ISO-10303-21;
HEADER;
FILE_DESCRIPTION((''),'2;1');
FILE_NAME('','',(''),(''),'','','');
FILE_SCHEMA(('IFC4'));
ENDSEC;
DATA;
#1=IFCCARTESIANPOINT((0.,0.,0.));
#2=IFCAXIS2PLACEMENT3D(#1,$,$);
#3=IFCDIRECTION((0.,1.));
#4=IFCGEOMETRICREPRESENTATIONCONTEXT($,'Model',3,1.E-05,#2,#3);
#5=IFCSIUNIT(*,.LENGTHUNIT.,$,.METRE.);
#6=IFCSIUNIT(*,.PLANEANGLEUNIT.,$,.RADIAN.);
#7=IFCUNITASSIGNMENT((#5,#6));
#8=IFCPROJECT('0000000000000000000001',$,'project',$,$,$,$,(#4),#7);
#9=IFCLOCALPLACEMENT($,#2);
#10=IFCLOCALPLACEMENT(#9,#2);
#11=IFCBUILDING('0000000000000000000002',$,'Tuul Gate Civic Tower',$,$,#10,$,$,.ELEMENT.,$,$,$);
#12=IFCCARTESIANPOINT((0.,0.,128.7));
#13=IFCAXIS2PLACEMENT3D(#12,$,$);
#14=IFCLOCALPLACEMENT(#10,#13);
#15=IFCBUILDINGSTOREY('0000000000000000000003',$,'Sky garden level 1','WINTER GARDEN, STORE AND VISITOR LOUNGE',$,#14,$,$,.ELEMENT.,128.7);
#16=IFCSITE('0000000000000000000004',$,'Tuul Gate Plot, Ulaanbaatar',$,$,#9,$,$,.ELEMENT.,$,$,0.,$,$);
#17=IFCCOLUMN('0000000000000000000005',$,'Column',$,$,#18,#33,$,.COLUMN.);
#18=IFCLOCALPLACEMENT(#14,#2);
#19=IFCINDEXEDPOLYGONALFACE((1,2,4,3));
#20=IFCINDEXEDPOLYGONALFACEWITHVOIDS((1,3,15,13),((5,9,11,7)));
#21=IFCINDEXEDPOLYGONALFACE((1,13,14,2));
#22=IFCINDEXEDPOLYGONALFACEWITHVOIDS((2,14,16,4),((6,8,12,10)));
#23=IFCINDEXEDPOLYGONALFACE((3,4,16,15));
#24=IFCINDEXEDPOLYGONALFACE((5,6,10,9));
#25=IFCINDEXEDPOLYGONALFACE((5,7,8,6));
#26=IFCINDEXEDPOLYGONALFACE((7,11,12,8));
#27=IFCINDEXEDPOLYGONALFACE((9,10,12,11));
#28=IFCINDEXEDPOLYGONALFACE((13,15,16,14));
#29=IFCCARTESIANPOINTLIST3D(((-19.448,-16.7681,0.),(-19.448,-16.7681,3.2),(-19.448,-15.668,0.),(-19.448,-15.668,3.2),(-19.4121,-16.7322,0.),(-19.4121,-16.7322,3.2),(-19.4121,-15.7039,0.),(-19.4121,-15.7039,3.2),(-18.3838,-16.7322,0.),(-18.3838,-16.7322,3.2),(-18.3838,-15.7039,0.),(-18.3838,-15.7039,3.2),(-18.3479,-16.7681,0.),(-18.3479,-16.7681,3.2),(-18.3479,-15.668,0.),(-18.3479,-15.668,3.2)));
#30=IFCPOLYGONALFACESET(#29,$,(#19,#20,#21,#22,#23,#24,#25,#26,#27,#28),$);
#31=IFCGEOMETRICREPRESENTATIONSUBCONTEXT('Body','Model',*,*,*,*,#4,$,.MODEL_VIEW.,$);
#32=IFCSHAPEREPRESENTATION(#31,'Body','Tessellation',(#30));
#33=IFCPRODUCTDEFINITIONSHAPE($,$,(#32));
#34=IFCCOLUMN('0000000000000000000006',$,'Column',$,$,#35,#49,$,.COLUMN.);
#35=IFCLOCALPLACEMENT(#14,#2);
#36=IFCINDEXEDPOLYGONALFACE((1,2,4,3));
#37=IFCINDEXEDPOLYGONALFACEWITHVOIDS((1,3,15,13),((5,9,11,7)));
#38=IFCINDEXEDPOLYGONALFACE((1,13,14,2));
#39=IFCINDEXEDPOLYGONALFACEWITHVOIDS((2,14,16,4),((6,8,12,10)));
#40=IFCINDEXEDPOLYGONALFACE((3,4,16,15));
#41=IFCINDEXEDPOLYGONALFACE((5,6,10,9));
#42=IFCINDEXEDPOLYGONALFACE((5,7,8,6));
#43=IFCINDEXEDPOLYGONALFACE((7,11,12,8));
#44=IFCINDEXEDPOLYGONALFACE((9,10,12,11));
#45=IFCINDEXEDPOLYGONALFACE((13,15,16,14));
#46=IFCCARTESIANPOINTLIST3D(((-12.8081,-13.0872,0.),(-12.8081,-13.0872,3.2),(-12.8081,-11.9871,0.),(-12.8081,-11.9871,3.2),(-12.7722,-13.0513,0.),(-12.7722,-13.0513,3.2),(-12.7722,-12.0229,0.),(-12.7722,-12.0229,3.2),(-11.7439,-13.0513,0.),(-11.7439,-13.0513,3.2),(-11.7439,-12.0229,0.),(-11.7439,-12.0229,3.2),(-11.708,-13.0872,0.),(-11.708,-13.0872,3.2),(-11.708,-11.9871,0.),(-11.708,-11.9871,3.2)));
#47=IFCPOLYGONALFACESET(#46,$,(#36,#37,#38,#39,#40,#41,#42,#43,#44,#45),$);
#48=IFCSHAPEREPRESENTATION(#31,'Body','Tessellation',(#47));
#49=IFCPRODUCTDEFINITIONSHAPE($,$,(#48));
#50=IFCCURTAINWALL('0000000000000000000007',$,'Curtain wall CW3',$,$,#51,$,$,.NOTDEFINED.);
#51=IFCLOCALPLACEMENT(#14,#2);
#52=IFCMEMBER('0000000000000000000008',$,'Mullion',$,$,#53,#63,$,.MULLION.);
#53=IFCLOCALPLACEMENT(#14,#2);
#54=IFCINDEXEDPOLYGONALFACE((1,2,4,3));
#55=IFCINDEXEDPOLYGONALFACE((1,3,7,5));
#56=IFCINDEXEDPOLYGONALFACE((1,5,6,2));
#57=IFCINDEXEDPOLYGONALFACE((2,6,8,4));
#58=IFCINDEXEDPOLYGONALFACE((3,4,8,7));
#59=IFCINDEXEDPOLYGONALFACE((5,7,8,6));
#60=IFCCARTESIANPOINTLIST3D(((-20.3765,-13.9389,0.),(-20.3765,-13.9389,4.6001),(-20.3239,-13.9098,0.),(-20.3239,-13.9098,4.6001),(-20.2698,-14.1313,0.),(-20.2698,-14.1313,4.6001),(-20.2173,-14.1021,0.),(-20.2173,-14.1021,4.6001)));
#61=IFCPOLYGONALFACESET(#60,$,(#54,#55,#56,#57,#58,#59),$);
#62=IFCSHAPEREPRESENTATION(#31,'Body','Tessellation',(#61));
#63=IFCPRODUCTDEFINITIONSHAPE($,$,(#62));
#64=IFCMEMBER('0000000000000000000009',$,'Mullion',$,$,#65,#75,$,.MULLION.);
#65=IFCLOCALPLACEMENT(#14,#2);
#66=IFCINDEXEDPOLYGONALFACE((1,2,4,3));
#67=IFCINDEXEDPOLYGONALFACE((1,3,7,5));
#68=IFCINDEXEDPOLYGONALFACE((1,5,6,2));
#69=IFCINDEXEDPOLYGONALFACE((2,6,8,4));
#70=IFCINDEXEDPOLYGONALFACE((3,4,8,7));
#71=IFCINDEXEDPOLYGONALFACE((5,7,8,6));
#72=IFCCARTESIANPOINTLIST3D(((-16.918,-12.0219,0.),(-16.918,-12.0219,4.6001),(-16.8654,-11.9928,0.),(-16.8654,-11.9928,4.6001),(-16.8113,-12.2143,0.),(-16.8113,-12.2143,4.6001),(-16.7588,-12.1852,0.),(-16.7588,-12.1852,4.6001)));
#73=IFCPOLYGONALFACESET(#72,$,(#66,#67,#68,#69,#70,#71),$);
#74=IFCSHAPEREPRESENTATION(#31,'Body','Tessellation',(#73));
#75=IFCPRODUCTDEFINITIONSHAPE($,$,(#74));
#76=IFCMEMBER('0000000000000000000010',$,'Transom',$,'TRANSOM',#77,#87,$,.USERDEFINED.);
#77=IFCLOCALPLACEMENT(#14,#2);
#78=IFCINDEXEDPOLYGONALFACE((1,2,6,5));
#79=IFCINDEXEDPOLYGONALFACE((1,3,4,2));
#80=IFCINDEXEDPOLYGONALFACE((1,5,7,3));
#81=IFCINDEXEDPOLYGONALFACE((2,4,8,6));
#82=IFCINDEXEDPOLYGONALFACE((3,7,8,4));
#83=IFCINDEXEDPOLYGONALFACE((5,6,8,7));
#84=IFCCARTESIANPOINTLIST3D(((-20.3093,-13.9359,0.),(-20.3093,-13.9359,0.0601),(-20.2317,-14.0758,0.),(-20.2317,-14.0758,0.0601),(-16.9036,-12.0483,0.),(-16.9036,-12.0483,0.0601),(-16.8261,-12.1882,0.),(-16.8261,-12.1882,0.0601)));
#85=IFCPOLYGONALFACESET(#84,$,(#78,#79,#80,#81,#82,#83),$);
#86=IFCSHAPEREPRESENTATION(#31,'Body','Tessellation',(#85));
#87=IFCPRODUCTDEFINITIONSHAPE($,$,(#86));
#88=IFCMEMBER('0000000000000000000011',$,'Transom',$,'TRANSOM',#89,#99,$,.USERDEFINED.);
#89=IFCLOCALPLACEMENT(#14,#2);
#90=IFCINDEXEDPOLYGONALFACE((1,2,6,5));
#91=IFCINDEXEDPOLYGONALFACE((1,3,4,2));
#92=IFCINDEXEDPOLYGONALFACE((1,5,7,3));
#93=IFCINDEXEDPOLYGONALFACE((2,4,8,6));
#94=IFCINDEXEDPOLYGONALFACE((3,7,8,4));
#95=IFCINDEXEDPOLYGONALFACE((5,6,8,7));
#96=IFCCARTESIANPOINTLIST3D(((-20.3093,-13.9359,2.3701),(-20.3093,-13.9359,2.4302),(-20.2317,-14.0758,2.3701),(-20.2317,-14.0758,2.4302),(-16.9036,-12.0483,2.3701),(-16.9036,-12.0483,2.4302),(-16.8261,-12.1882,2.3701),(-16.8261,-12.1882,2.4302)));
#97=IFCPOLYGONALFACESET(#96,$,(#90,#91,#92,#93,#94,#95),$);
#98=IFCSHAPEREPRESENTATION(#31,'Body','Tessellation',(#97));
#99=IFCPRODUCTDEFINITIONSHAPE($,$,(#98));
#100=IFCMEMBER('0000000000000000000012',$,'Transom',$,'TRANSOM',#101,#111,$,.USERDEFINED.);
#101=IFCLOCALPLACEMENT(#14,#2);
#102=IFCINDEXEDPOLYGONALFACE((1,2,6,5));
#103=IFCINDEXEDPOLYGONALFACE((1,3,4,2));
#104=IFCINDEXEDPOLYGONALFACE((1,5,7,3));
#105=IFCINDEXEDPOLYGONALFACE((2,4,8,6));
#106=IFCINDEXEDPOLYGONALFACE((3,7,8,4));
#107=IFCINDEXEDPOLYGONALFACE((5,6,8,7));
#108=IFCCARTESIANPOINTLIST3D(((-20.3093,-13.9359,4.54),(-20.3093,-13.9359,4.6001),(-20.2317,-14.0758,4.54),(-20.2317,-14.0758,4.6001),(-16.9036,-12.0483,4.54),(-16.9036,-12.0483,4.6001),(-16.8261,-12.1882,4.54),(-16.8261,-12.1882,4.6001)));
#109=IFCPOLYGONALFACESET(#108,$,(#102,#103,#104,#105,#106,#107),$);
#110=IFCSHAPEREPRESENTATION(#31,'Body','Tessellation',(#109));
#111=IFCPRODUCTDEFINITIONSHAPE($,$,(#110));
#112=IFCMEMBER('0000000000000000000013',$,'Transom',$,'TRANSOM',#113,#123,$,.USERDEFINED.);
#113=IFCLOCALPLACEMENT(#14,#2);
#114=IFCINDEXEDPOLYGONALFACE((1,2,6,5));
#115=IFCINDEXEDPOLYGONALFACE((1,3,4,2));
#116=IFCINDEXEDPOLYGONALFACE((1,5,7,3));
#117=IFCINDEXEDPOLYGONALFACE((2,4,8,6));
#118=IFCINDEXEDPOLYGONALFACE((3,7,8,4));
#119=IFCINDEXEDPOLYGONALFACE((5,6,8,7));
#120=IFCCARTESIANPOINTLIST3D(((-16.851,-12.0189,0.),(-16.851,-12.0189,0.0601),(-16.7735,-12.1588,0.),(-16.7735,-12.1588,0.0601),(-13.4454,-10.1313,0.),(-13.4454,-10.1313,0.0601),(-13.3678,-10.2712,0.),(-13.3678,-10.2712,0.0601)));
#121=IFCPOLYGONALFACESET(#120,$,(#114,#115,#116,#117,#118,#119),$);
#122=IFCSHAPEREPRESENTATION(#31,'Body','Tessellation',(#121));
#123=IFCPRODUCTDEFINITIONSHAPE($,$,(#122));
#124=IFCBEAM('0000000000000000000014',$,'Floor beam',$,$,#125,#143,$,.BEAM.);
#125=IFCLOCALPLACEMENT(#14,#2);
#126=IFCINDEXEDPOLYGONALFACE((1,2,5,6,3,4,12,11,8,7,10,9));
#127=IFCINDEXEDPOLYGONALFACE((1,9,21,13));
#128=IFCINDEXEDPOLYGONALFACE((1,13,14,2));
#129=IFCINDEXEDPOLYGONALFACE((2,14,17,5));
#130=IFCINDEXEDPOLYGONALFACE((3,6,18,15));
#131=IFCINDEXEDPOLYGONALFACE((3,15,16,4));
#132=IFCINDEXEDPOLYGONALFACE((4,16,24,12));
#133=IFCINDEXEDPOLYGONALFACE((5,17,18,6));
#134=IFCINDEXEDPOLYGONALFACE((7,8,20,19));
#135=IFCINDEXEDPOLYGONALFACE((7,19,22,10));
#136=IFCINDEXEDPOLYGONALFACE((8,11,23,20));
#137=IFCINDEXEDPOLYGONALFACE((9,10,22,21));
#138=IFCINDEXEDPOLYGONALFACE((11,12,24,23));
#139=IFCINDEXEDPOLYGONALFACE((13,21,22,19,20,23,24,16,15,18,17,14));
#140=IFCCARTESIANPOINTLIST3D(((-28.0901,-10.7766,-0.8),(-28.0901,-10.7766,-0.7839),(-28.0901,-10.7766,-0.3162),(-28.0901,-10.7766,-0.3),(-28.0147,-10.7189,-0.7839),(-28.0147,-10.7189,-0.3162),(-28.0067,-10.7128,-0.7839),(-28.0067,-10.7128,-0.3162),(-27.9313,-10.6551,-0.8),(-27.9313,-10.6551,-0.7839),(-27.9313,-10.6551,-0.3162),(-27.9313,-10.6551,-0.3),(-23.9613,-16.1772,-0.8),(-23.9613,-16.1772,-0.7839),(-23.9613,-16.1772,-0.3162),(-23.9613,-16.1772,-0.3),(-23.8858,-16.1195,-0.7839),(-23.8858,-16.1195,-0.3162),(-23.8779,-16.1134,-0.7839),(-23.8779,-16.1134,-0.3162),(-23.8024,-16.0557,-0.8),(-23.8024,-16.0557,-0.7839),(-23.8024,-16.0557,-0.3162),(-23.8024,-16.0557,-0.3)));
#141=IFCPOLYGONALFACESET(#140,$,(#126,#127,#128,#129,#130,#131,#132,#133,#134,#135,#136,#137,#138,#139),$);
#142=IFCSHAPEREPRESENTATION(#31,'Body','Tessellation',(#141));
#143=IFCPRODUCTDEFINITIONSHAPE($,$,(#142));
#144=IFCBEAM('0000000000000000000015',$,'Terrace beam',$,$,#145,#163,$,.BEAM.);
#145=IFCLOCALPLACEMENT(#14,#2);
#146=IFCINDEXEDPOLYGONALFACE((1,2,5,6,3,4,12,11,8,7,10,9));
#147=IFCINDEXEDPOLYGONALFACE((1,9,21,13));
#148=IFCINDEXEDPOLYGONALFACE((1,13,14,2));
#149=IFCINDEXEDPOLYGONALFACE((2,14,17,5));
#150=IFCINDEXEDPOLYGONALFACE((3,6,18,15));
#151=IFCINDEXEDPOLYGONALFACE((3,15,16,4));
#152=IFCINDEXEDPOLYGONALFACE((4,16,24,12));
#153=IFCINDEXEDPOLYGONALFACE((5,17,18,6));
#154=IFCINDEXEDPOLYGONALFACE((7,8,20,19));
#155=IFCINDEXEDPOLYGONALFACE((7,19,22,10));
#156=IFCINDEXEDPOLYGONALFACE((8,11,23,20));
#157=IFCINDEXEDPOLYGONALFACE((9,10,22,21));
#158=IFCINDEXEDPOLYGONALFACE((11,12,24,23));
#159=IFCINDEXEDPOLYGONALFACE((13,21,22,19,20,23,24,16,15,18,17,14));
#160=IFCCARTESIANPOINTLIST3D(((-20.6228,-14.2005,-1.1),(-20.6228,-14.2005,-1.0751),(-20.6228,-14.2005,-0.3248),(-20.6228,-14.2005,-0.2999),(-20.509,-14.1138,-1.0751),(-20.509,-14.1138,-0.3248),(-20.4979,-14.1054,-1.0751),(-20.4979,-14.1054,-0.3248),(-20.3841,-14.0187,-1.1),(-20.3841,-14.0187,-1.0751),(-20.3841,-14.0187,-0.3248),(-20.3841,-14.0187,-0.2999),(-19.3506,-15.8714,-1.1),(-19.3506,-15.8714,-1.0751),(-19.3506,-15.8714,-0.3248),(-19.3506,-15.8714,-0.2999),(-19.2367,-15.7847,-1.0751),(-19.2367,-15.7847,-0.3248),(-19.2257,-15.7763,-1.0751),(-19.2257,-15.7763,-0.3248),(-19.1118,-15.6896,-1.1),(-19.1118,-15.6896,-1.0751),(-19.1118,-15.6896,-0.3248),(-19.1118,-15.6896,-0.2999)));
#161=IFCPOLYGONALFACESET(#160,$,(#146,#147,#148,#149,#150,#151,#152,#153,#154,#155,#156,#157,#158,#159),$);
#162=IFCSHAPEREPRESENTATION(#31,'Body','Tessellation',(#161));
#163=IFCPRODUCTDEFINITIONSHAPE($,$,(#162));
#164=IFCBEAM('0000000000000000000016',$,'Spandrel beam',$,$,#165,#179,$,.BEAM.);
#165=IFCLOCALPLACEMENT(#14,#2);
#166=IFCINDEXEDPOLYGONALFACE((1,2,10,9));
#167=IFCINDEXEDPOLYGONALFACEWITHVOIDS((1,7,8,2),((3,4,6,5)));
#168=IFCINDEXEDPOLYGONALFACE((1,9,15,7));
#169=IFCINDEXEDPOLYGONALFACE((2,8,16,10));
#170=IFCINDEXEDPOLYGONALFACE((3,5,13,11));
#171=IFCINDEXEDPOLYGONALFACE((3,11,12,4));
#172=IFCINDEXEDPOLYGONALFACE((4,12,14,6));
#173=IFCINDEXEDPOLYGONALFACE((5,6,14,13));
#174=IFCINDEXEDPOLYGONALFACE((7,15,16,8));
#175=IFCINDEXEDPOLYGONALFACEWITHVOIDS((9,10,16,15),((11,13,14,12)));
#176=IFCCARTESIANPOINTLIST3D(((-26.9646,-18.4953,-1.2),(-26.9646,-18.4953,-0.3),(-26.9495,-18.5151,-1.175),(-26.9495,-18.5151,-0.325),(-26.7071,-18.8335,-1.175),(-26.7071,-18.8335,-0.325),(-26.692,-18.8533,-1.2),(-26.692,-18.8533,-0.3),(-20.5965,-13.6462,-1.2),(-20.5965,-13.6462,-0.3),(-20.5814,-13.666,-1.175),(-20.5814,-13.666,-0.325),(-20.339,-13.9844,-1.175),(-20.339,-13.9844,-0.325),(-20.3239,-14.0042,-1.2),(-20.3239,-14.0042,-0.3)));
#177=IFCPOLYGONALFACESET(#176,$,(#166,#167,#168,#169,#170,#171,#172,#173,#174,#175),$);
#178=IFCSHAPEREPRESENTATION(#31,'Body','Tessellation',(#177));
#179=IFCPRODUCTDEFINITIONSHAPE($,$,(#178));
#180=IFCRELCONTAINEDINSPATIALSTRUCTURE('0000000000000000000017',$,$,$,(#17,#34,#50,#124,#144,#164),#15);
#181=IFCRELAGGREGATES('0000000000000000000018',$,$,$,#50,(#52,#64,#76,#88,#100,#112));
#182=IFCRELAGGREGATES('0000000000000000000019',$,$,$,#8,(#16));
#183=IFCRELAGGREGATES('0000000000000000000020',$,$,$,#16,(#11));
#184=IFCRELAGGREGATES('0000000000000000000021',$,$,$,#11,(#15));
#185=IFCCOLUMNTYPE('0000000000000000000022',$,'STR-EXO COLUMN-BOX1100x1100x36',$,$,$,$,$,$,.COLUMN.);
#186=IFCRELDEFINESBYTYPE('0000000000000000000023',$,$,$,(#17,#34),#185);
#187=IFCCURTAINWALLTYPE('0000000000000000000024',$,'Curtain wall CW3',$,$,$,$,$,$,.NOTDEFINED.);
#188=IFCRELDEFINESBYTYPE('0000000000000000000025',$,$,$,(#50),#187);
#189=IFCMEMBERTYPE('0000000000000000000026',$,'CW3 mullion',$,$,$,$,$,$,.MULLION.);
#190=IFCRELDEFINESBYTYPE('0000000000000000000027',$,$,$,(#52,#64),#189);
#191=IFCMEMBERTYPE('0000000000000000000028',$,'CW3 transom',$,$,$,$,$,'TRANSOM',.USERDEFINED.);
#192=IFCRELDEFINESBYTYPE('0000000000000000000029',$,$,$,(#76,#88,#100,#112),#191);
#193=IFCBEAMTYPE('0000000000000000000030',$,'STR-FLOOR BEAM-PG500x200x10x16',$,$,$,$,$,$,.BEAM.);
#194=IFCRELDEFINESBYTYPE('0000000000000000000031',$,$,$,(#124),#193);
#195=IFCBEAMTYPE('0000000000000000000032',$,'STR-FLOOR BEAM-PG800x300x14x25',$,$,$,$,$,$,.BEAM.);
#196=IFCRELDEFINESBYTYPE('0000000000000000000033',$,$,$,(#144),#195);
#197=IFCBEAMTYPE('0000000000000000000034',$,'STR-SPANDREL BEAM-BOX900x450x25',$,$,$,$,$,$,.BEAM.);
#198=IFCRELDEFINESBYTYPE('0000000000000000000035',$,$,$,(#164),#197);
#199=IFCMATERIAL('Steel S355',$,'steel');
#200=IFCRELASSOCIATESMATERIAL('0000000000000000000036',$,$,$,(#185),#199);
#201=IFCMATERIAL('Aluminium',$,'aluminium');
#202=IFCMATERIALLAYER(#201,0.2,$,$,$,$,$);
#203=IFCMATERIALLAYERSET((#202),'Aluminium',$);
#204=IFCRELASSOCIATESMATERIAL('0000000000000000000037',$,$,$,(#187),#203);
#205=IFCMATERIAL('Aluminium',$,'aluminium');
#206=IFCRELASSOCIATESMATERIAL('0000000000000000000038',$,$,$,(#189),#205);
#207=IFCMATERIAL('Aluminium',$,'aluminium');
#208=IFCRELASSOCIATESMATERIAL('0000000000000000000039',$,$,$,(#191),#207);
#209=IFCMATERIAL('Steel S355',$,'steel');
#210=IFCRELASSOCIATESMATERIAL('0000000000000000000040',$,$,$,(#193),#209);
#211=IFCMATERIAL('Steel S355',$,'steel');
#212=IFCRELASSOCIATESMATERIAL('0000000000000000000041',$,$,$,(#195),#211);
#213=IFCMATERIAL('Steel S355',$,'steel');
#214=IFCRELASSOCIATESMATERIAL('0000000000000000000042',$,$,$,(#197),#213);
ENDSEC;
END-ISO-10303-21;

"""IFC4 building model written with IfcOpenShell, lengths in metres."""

from ifc_helpers import new_model, si_unit, direction, frame, origin, origin_2d, place, context, subcontext, project, spatial, rectangle, hollow_rectangle, i_section, extrude, material, layer, layer_set, material_profile, profile_set, type_object, element, aggregate, save


model = new_model("IFC4")

# Units and contexts
model_context = context("Model", 3, precision=1e-05, world=origin(), true_north=direction((0.0, 1.0)))
body_context = subcontext(model_context, "Body", "Model", "MODEL_VIEW")
ifc_project = project(units=[si_unit("LENGTHUNIT", "METRE"), si_unit("PLANEANGLEUNIT", "RADIAN")], contexts=[model_context])

# Site, building, storey
site_placement = place(None, origin())
site = spatial("IfcSite", under=ifc_project, at=site_placement, Name="Tuul Gate Plot, Ulaanbaatar", CompositionType="ELEMENT", RefElevation=0.0)
building_placement = place(site_placement, origin())
building = spatial("IfcBuilding", under=site, at=building_placement, Name="Tuul Gate Civic Tower", CompositionType="ELEMENT")
storey_placement = place(building_placement, frame((0.0, 0.0, 128.7)))
storey = spatial("IfcBuildingStorey", under=building, at=storey_placement, Name="Sky garden level 1", Description="WINTER GARDEN, STORE AND VISITOR LOUNGE", CompositionType="ELEMENT", Elevation=128.7)

# Columns
ifc_material_1 = material(Name="Steel S355", Category="steel")
ifc_material_profile_1 = material_profile(ifc_material_1, hollow_rectangle(XDim=1.1001, YDim=1.1001, WallThickness=0.0359, at=origin_2d()), Name="BOX1100x1100x36")
ifc_profile_set_1 = profile_set([ifc_material_profile_1], Name="Steel S355")
column_type = type_object("IfcColumnType", Name="STR-EXO COLUMN-BOX1100x1100x36", PredefinedType="COLUMN", material=ifc_profile_set_1)
for number, where, z_axis, x_axis, name in (
    (1, (-18.8979, -16.218, 0.0), (0.0, 0.0, 1.0), (1.0, 0.0, 0.0), "Column"),
    (2, (-12.2581, -12.5371, 0.0), (0.0, 0.0, 1.0), (1.0, 0.0, 0.0), "Column"),
):
    element("IfcColumn", number, at=place(storey_placement, frame(where, z_axis=z_axis, x_axis=x_axis)), inside=storey, type_object=column_type, Name=name, PredefinedType="COLUMN", context=body_context, shape_type="SweptSolid", body=[
        extrude(hollow_rectangle(XDim=1.1001, YDim=1.1001, WallThickness=0.0359, at=origin_2d()), origin(), (0.0, 0.0, 1.0), 3.2),
    ])

# Curtain wall, members
ifc_material_2 = material(Name="Aluminium", Category="aluminium")
ifc_layer_1 = layer(ifc_material_2, 0.2)
ifc_layer_set_1 = layer_set([ifc_layer_1], Name="Aluminium")
curtain_wall_type = type_object("IfcCurtainWallType", Name="Curtain wall CW3", PredefinedType="NOTDEFINED", material=ifc_layer_set_1)
curtain_wall_placement = place(storey_placement, origin())
curtain_wall = element("IfcCurtainWall", 3, at=curtain_wall_placement, inside=storey, type_object=curtain_wall_type, Name="Curtain wall CW3", PredefinedType="NOTDEFINED")
ifc_material_3 = material(Name="Aluminium", Category="aluminium")
ifc_material_profile_2 = material_profile(ifc_material_3, rectangle(XDim=0.22, YDim=0.0601, at=origin_2d()), Name="CW3 mullion")
ifc_profile_set_2 = profile_set([ifc_material_profile_2], Name="Aluminium")
member_type_1 = type_object("IfcMemberType", Name="CW3 mullion", PredefinedType="MULLION", material=ifc_profile_set_2)
member_1_placement = place(storey_placement, frame((-20.2969, -14.0205, 0.0), z_axis=(0.0, 0.0, 1.0), x_axis=(-0.484812, 0.874619, 0.0)))
member_1 = element("IfcMember", 4, at=member_1_placement, type_object=member_type_1, Name="Mullion", PredefinedType="MULLION", context=body_context, shape_type="SweptSolid", body=[
    extrude(rectangle(XDim=0.22, YDim=0.0601, at=origin_2d()), origin(), (0.0, 0.0, 1.0), 4.6001),
])
member_2_placement = place(storey_placement, frame((-16.8384, -12.1035, 0.0), z_axis=(0.0, 0.0, 1.0), x_axis=(-0.484812, 0.874619, 0.0)))
member_2 = element("IfcMember", 5, at=member_2_placement, type_object=member_type_1, Name="Mullion", PredefinedType="MULLION", context=body_context, shape_type="SweptSolid", body=[
    extrude(rectangle(XDim=0.22, YDim=0.0601, at=origin_2d()), origin(), (0.0, 0.0, 1.0), 4.6001),
])
ifc_material_4 = material(Name="Aluminium", Category="aluminium")
ifc_material_profile_3 = material_profile(ifc_material_4, rectangle(XDim=0.1599, YDim=0.0601, at=origin_2d()), Name="CW3 transom")
ifc_profile_set_3 = profile_set([ifc_material_profile_3], Name="Aluminium")
member_type_2 = type_object("IfcMemberType", Name="CW3 transom", ElementType="TRANSOM", PredefinedType="USERDEFINED", material=ifc_profile_set_3)
member_3_placement = place(storey_placement, frame((-20.2705, -14.0059, 0.03), z_axis=(0.874636, 0.48478, 0.0), x_axis=(-0.48478, 0.874636, 0.0)))
member_3 = element("IfcMember", 6, at=member_3_placement, type_object=member_type_2, Name="Transom", ObjectType="TRANSOM", PredefinedType="USERDEFINED", context=body_context, shape_type="SweptSolid", body=[
    extrude(rectangle(XDim=0.1599, YDim=0.0601, at=origin_2d()), origin(), (0.0, 0.0, 1.0), 3.8938),
])
member_4_placement = place(storey_placement, frame((-20.2705, -14.0059, 2.4001), z_axis=(0.874636, 0.48478, 0.0), x_axis=(-0.48478, 0.874636, 0.0)))
member_4 = element("IfcMember", 7, at=member_4_placement, type_object=member_type_2, Name="Transom", ObjectType="TRANSOM", PredefinedType="USERDEFINED", context=body_context, shape_type="SweptSolid", body=[
    extrude(rectangle(XDim=0.1599, YDim=0.0601, at=origin_2d()), origin(), (0.0, 0.0, 1.0), 3.8938),
])
member_5_placement = place(storey_placement, frame((-20.2705, -14.0059, 4.5701), z_axis=(0.874636, 0.48478, 0.0), x_axis=(-0.48478, 0.874636, 0.0)))
member_5 = element("IfcMember", 8, at=member_5_placement, type_object=member_type_2, Name="Transom", ObjectType="TRANSOM", PredefinedType="USERDEFINED", context=body_context, shape_type="SweptSolid", body=[
    extrude(rectangle(XDim=0.1599, YDim=0.0601, at=origin_2d()), origin(), (0.0, 0.0, 1.0), 3.8938),
])
member_6_placement = place(storey_placement, frame((-16.8123, -12.0889, 0.03), z_axis=(0.874636, 0.48478, 0.0), x_axis=(-0.48478, 0.874636, 0.0)))
member_6 = element("IfcMember", 9, at=member_6_placement, type_object=member_type_2, Name="Transom", ObjectType="TRANSOM", PredefinedType="USERDEFINED", context=body_context, shape_type="SweptSolid", body=[
    extrude(rectangle(XDim=0.1599, YDim=0.0601, at=origin_2d()), origin(), (0.0, 0.0, 1.0), 3.8938),
])

# Beams
ifc_material_5 = material(Name="Steel S355", Category="steel")
ifc_material_profile_4 = material_profile(ifc_material_5, i_section(OverallWidth=0.2, OverallDepth=0.5, WebThickness=0.01, FlangeThickness=0.0161, at=origin_2d()), Name="PG500x200x10x16")
ifc_profile_set_4 = profile_set([ifc_material_profile_4], Name="Steel S355")
beam_type_1 = type_object("IfcBeamType", Name="STR-FLOOR BEAM-PG500x200x10x16", PredefinedType="BEAM", material=ifc_profile_set_4)
beam_1_placement = place(storey_placement, frame((-23.8818, -16.1165, -0.55), z_axis=(-0.607358, 0.794428, 0.0), x_axis=(-0.794428, -0.607358, 0.0)))
element("IfcBeam", 10, at=beam_1_placement, inside=storey, type_object=beam_type_1, Name="Floor beam", PredefinedType="BEAM", context=body_context, shape_type="SweptSolid", body=[
    extrude(i_section(OverallWidth=0.2, OverallDepth=0.5, WebThickness=0.01, FlangeThickness=0.0161, at=origin_2d()), origin(), (0.0, 0.0, 1.0), 6.7981),
])
ifc_material_6 = material(Name="Steel S355", Category="steel")
ifc_material_profile_5 = material_profile(ifc_material_6, i_section(OverallWidth=0.3, OverallDepth=0.8, WebThickness=0.0139, FlangeThickness=0.0249, at=origin_2d()), Name="PG800x300x14x25")
ifc_profile_set_5 = profile_set([ifc_material_profile_5], Name="Steel S355")
beam_type_2 = type_object("IfcBeamType", Name="STR-FLOOR BEAM-PG800x300x14x25", PredefinedType="BEAM", material=ifc_profile_set_5)
beam_2_placement = place(storey_placement, frame((-19.2312, -15.7805, -0.7), z_axis=(-0.605787, 0.795626, 0.0), x_axis=(-0.795626, -0.605787, 0.0)))
element("IfcBeam", 11, at=beam_2_placement, inside=storey, type_object=beam_type_2, Name="Terrace beam", PredefinedType="BEAM", context=body_context, shape_type="SweptSolid", body=[
    extrude(i_section(OverallWidth=0.3, OverallDepth=0.8, WebThickness=0.0139, FlangeThickness=0.0249, at=origin_2d()), origin(), (0.0, 0.0, 1.0), 2.1001),
])
ifc_material_7 = material(Name="Steel S355", Category="steel")
ifc_material_profile_6 = material_profile(ifc_material_7, hollow_rectangle(XDim=0.45, YDim=0.8999, WallThickness=0.0249, at=origin_2d()), Name="BOX900x450x25")
ifc_profile_set_6 = profile_set([ifc_material_profile_6], Name="Steel S355")
beam_type_3 = type_object("IfcBeamType", Name="STR-SPANDREL BEAM-BOX900x450x25", PredefinedType="BEAM", material=ifc_profile_set_6)
beam_3_placement = place(storey_placement, frame((-20.4602, -13.8252, -0.75), z_axis=(-0.795601, -0.605821, 0.0), x_axis=(0.605821, -0.795601, 0.0)))
element("IfcBeam", 12, at=beam_3_placement, inside=storey, type_object=beam_type_3, Name="Spandrel beam", PredefinedType="BEAM", context=body_context, shape_type="SweptSolid", body=[
    extrude(hollow_rectangle(XDim=0.45, YDim=0.8999, WallThickness=0.0249, at=origin_2d()), origin(), (0.0, 0.0, 1.0), 8.0042),
])

aggregate(curtain_wall, [member_1, member_2, member_3, member_4, member_5, member_6])

save(model, "model.ifc")
